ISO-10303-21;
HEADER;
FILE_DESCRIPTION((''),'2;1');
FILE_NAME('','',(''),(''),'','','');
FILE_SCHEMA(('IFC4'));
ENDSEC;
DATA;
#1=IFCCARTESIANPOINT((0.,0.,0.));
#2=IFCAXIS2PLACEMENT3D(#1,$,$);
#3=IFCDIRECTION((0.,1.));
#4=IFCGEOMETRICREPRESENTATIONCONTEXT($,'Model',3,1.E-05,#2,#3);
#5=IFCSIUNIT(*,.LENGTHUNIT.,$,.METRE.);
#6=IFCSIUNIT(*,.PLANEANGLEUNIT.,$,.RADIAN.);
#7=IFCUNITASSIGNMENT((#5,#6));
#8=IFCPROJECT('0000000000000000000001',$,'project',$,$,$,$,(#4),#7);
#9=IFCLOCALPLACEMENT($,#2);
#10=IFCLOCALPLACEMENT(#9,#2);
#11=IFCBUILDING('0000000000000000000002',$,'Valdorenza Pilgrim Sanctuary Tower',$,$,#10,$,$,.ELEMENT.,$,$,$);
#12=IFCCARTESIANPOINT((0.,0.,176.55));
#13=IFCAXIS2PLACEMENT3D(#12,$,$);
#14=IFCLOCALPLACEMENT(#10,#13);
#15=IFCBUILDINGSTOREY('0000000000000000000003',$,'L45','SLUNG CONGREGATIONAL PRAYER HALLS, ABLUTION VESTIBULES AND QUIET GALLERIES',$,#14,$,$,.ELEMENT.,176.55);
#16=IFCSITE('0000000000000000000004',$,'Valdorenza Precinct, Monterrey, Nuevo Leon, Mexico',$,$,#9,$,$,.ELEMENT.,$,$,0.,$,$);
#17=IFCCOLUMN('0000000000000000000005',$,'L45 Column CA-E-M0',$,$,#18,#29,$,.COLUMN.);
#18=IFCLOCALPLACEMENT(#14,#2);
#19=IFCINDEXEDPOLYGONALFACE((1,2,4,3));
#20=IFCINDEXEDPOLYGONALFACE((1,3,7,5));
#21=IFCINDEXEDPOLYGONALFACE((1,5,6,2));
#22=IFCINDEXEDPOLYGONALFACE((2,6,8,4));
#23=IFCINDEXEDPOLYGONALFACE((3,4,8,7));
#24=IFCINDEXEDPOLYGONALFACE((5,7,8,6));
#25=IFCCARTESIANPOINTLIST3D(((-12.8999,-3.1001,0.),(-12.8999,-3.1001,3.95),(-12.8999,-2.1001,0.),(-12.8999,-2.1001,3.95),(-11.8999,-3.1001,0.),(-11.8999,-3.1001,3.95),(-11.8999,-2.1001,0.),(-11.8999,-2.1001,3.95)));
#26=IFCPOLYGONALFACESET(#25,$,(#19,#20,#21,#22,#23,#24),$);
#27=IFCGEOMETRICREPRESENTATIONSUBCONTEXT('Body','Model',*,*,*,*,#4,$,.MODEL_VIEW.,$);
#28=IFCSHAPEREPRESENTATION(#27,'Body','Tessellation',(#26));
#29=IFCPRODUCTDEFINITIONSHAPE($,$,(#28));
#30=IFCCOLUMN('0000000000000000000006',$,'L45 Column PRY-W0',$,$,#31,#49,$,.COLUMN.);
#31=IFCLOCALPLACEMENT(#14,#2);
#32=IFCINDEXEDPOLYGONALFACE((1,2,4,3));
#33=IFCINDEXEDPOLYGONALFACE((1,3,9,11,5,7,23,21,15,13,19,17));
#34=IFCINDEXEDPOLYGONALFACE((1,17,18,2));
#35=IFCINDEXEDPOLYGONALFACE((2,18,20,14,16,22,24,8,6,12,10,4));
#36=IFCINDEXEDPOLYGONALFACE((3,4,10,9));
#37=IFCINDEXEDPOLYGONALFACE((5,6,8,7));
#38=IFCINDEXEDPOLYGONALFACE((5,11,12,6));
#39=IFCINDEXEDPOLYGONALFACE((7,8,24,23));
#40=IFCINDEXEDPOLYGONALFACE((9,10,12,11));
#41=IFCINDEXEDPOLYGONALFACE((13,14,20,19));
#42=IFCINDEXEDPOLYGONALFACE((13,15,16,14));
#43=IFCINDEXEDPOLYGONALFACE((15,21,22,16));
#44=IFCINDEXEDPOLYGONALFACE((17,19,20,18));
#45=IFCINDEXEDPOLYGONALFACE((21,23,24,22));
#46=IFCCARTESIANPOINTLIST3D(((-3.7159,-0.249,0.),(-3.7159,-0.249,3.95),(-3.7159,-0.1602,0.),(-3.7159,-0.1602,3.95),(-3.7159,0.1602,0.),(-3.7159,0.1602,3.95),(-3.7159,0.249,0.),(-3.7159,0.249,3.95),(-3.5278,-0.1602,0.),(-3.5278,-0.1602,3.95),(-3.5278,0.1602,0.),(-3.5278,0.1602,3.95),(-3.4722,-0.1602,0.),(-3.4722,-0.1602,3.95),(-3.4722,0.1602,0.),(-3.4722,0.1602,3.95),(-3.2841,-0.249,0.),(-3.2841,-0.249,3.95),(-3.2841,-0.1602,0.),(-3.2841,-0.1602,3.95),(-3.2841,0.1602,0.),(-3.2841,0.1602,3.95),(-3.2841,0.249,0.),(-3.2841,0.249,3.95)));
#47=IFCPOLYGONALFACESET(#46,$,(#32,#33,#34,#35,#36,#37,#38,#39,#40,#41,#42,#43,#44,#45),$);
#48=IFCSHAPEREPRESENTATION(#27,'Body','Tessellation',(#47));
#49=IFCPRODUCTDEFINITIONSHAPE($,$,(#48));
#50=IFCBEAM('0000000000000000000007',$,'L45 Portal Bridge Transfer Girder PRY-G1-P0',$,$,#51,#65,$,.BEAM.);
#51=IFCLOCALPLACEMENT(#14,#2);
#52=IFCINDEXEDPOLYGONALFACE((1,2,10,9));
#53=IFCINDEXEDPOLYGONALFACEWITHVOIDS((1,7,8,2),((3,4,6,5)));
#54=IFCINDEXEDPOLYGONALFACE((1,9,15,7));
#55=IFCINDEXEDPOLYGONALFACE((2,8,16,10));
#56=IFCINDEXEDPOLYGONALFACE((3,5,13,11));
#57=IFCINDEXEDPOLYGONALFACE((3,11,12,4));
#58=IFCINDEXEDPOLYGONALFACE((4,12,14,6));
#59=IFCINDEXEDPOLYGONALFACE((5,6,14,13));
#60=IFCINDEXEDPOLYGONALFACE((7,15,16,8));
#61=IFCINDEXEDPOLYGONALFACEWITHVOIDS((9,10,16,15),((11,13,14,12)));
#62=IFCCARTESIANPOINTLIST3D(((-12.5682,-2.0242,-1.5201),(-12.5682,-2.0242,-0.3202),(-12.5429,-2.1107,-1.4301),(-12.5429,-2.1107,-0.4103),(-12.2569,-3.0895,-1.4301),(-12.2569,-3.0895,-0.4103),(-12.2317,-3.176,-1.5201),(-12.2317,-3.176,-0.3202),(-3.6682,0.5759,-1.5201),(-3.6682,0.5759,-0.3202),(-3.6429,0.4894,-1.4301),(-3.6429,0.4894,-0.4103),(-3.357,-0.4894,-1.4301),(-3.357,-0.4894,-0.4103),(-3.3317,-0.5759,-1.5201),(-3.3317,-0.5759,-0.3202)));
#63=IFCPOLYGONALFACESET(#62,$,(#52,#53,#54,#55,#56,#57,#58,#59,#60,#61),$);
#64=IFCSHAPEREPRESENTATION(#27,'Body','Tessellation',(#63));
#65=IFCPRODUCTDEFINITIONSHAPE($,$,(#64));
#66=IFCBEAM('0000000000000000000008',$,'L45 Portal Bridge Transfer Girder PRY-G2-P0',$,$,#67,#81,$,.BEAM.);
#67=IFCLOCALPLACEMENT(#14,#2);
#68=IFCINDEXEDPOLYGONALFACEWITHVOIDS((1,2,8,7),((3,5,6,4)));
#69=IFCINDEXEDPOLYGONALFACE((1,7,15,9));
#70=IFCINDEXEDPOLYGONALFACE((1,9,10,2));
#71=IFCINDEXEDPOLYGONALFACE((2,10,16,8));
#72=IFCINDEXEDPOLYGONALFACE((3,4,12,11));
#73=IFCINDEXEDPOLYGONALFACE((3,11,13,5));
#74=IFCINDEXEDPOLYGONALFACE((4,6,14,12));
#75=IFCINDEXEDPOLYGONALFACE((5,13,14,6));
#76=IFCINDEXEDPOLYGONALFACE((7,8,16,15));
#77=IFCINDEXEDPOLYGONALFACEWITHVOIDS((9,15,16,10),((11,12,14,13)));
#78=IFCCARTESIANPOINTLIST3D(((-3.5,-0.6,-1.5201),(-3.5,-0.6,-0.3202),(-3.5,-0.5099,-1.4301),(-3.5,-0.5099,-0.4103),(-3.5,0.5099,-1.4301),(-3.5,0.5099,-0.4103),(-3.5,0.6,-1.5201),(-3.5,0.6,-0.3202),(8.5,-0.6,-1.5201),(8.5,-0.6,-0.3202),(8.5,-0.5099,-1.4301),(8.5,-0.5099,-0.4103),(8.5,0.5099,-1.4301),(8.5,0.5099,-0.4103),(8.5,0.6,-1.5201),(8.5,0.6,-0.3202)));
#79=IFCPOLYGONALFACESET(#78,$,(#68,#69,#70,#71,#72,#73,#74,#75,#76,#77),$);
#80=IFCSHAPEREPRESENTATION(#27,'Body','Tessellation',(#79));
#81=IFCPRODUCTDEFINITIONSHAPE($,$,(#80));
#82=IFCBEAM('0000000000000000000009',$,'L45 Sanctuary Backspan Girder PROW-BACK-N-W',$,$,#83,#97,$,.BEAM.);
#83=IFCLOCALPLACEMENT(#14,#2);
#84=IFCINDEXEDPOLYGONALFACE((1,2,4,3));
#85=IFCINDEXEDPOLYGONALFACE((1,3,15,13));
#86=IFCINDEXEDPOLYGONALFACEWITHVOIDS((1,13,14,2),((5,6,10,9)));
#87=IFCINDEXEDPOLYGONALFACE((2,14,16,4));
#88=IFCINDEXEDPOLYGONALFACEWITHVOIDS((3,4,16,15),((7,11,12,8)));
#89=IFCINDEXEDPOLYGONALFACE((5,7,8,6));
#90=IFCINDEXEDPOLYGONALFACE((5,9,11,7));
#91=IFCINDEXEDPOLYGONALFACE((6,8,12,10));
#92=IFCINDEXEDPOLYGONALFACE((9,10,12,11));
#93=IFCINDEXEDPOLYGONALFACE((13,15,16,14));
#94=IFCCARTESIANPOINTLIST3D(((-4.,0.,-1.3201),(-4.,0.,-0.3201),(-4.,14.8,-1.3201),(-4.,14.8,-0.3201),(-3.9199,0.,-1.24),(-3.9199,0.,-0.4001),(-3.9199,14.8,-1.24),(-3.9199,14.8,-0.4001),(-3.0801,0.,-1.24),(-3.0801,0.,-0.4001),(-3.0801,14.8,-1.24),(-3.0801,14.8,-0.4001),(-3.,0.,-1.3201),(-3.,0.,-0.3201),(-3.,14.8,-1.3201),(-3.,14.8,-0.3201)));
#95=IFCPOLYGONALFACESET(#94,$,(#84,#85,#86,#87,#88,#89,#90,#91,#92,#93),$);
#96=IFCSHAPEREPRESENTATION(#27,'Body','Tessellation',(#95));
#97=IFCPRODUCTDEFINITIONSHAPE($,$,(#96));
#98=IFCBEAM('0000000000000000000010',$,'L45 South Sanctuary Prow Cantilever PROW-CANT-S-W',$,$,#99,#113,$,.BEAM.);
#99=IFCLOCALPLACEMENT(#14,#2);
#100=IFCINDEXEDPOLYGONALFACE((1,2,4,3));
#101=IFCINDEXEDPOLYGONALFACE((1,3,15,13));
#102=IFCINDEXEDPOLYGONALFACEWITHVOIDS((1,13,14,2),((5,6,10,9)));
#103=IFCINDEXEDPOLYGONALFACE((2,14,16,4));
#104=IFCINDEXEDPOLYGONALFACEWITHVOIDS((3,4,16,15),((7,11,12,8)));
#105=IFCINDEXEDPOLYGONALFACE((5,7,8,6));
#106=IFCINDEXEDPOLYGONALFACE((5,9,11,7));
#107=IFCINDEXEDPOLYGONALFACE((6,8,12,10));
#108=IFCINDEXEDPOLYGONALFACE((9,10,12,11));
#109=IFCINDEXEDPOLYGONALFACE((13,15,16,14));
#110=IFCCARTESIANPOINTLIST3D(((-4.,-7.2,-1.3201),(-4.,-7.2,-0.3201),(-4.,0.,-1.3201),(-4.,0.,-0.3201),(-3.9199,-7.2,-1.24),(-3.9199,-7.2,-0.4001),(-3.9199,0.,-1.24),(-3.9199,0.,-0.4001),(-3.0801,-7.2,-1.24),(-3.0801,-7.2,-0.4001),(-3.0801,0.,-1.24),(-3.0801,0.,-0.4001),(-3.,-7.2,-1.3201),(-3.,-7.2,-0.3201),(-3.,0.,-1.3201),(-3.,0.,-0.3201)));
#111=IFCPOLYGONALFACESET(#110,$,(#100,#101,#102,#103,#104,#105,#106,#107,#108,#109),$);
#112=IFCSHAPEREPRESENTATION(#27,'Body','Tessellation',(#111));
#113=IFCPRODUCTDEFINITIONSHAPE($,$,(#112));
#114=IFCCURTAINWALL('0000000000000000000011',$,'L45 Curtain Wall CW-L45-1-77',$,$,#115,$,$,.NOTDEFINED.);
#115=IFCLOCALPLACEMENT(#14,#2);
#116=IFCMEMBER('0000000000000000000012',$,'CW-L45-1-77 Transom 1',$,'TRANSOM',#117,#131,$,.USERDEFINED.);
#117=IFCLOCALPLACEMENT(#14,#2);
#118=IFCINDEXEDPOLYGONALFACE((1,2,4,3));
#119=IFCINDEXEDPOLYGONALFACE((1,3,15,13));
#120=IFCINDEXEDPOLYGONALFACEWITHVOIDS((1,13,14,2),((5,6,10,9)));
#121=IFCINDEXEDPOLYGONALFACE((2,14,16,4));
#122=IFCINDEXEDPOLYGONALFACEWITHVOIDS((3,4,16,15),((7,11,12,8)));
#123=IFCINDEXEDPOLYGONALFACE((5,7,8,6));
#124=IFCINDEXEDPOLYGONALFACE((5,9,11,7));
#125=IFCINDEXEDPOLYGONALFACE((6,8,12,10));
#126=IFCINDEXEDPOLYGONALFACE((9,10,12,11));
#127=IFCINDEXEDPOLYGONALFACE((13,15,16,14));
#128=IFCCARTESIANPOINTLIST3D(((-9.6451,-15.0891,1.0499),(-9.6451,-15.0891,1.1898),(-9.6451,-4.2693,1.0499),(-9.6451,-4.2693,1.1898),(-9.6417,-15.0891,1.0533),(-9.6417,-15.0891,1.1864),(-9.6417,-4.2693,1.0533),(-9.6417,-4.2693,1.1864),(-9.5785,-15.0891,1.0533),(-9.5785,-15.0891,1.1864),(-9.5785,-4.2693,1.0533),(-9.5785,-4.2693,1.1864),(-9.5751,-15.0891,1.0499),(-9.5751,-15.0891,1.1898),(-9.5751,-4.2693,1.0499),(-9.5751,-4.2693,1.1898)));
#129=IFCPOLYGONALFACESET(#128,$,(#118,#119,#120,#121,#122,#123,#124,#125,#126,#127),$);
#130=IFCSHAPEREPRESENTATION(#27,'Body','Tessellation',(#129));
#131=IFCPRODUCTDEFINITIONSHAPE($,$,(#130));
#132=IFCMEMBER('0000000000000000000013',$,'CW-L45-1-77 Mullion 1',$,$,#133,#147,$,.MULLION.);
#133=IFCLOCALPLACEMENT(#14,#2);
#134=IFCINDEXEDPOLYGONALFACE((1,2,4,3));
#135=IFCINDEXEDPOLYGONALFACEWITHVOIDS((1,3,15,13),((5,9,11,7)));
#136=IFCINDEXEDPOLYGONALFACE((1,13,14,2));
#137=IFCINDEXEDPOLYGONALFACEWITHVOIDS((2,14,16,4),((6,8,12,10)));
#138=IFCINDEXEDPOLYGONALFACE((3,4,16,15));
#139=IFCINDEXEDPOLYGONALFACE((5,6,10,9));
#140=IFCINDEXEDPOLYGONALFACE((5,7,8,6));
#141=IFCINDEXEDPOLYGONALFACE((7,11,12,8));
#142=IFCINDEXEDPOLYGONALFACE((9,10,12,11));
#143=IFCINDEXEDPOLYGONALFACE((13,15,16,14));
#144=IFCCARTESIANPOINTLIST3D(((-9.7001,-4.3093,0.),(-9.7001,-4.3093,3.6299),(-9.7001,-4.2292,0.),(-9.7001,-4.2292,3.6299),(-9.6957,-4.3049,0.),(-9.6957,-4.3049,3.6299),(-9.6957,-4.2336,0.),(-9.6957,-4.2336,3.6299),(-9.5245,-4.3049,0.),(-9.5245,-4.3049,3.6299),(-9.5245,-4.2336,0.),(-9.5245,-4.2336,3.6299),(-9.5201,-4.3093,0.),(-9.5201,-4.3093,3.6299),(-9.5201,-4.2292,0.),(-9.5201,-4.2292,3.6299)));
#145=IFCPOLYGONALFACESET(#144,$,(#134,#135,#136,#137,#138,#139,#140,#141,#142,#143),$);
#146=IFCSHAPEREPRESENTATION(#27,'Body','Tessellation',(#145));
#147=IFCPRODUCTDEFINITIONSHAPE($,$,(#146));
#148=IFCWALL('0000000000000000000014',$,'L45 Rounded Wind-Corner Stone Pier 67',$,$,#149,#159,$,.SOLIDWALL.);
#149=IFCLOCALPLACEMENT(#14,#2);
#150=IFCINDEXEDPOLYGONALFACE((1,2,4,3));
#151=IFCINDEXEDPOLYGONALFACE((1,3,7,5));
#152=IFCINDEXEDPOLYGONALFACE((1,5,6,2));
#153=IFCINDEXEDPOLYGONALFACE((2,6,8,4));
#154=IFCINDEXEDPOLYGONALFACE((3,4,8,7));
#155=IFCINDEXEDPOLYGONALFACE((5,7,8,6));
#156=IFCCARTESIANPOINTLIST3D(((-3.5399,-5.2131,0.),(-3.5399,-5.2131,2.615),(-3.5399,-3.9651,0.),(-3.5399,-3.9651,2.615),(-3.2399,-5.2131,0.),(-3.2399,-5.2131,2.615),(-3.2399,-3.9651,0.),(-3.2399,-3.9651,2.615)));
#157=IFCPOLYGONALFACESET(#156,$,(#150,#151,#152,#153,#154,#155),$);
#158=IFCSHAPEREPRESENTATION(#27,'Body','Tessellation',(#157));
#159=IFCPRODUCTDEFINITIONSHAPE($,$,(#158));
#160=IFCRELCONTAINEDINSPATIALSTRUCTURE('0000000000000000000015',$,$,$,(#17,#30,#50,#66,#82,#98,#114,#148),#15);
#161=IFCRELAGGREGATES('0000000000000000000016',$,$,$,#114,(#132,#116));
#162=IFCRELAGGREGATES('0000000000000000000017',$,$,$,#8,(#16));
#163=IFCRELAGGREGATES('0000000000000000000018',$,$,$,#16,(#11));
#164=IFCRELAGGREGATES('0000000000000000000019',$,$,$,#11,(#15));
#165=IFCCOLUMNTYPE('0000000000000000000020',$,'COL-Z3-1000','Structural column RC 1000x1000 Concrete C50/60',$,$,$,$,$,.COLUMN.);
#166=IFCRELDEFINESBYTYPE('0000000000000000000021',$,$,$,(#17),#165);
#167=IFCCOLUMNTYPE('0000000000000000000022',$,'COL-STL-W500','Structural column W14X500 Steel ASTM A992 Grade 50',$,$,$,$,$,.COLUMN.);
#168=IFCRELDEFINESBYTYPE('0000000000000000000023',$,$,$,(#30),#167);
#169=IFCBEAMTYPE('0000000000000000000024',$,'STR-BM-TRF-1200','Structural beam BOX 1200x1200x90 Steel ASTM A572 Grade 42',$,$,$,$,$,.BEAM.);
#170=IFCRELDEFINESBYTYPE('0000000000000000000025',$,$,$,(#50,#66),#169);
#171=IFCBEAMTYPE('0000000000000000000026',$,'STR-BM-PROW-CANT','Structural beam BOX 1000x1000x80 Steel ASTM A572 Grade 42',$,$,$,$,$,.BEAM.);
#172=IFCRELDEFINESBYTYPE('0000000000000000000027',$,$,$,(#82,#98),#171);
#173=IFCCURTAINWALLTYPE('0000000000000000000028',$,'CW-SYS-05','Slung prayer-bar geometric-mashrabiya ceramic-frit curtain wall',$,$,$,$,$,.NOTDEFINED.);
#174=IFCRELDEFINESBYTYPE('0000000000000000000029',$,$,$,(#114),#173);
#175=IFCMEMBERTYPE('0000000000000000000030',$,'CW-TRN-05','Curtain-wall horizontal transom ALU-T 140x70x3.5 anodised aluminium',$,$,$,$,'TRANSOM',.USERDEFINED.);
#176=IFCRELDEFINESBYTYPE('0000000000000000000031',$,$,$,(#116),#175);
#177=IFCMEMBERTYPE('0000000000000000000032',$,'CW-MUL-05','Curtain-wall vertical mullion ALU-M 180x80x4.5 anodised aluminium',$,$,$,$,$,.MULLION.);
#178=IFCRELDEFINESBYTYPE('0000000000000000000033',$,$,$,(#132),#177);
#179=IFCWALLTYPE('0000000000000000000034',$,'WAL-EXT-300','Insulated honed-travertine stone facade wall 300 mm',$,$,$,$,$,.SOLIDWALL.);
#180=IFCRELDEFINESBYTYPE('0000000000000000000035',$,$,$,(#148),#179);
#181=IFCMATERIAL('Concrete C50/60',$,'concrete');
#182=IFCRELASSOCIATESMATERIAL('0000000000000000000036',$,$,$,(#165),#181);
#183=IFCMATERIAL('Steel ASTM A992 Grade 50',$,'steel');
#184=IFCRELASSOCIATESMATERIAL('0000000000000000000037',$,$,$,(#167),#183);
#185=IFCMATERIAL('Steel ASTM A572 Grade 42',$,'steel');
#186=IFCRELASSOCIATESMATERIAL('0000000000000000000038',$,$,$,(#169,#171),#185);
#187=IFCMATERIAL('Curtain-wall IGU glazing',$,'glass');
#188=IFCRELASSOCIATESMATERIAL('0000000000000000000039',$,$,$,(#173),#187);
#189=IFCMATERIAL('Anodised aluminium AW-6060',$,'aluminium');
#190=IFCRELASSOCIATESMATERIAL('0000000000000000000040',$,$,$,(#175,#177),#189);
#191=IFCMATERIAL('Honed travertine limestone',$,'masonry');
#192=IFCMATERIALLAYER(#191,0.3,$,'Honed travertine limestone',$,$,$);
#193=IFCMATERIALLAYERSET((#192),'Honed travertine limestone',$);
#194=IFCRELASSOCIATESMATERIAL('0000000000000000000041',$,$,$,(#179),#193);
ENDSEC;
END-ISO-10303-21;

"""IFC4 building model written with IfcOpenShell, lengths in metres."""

from ifc_helpers import new_model, si_unit, direction, frame, frame_2d, origin, origin_2d, place, context, subcontext, project, spatial, rectangle, hollow_rectangle, i_section, extrude, source, transform, mapped, material, layer, layer_set, material_profile, profile_set, type_object, element, aggregate, save


model = new_model("IFC4")

# Units and contexts
model_context = context("Model", 3, precision=1e-05, world=origin(), true_north=direction((0.0, 1.0)))
body_context = subcontext(model_context, "Body", "Model", "MODEL_VIEW")
ifc_project = project(units=[si_unit("LENGTHUNIT", "METRE"), si_unit("PLANEANGLEUNIT", "RADIAN")], contexts=[model_context])

# Site, building, storey
site_placement = place(None, origin())
site = spatial("IfcSite", under=ifc_project, at=site_placement, Name="Valdorenza Precinct, Monterrey, Nuevo Leon, Mexico", CompositionType="ELEMENT", RefElevation=0.0)
building_placement = place(site_placement, origin())
building = spatial("IfcBuilding", under=site, at=building_placement, Name="Valdorenza Pilgrim Sanctuary Tower", CompositionType="ELEMENT")
storey_placement = place(building_placement, frame((0.0, 0.0, 176.55)))
storey = spatial("IfcBuildingStorey", under=building, at=storey_placement, Name="L45", Description="SLUNG CONGREGATIONAL PRAYER HALLS, ABLUTION VESTIBULES AND QUIET GALLERIES", CompositionType="ELEMENT", Elevation=176.55)

# Columns
ifc_material_1 = material(Name="Concrete C50/60", Category="concrete")
ifc_material_profile_1 = material_profile(ifc_material_1, rectangle(XDim=1.0, YDim=1.0, at=origin_2d()), Name="RC 1000x1000")
ifc_profile_set_1 = profile_set([ifc_material_profile_1], Name="Concrete C50/60")
column_type_1 = type_object("IfcColumnType", Name="COL-Z3-1000", Description="Structural column RC 1000x1000 Concrete C50/60", PredefinedType="COLUMN", material=ifc_profile_set_1)
shared_shape_1 = source(origin(), body_context, "Body", "SweptSolid", [
    extrude(rectangle(XDim=1.0, YDim=1.0, at=origin_2d()), origin(), (0.0, 0.0, 1.0), 3.95),
])
column_1_placement = place(storey_placement, frame((-12.3999, -2.6001, 0.0), z_axis=(0.0, 0.0, 1.0), x_axis=(1.0, 0.0, 0.0)))
element("IfcColumn", 1, at=column_1_placement, inside=storey, type_object=column_type_1, Name="L45 Column CA-E-M0", PredefinedType="COLUMN", context=body_context, shape_type="MappedRepresentation", body=[
    mapped(shared_shape_1, transform((0.0, 0.0, 0.0), x_axis=(1.0, 0.0, 0.0), y_axis=(0.0, 1.0, 0.0), z_axis=(0.0, 0.0, 1.0), scale=1.0)),
])
ifc_material_2 = material(Name="Steel ASTM A992 Grade 50", Category="steel")
ifc_material_profile_2 = material_profile(ifc_material_2, i_section(OverallWidth=0.4319, OverallDepth=0.498, WebThickness=0.0557, FlangeThickness=0.0889, at=origin_2d()), Name="W14X500")
ifc_profile_set_2 = profile_set([ifc_material_profile_2], Name="Steel ASTM A992 Grade 50")
column_type_2 = type_object("IfcColumnType", Name="COL-STL-W500", Description="Structural column W14X500 Steel ASTM A992 Grade 50", PredefinedType="COLUMN", material=ifc_profile_set_2)
shared_shape_2 = source(origin(), body_context, "Body", "SweptSolid", [
    extrude(i_section(OverallWidth=0.4319, OverallDepth=0.498, WebThickness=0.0557, FlangeThickness=0.0889, at=origin_2d()), origin(), (0.0, 0.0, 1.0), 3.95),
])
column_2_placement = place(storey_placement, frame((-3.5, 0.0, 0.0), z_axis=(0.0, 0.0, 1.0), x_axis=(1.0, 0.0, 0.0)))
element("IfcColumn", 2, at=column_2_placement, inside=storey, type_object=column_type_2, Name="L45 Column PRY-W0", PredefinedType="COLUMN", context=body_context, shape_type="MappedRepresentation", body=[
    mapped(shared_shape_2, transform((0.0, 0.0, 0.0), x_axis=(1.0, 0.0, 0.0), y_axis=(0.0, 1.0, 0.0), z_axis=(0.0, 0.0, 1.0), scale=1.0)),
])

# Beams
ifc_material_3 = material(Name="Steel ASTM A572 Grade 42", Category="steel")
ifc_material_profile_3 = material_profile(ifc_material_3, hollow_rectangle(XDim=1.2, YDim=1.2, WallThickness=0.0901, at=origin_2d()), Name="BOX 1200x1200x90")
ifc_profile_set_3 = profile_set([ifc_material_profile_3], Name="Steel ASTM A572 Grade 42")
beam_type_1 = type_object("IfcBeamType", Name="STR-BM-TRF-1200", Description="Structural beam BOX 1200x1200x90 Steel ASTM A572 Grade 42", PredefinedType="BEAM", material=ifc_profile_set_3)
shared_shape_3 = source(origin(), body_context, "Body", "SweptSolid", [
    extrude(hollow_rectangle(XDim=1.2, YDim=1.2, WallThickness=0.0901, at=origin_2d()), origin(), (0.0, 0.0, 1.0), 9.272),
])
beam_1_placement = place(storey_placement, frame((-12.3999, -2.6001, -0.9202), z_axis=(0.959875, 0.280427, 0.0), x_axis=(-0.280427, 0.959875, 0.0)))
element("IfcBeam", 3, at=beam_1_placement, inside=storey, type_object=beam_type_1, Name="L45 Portal Bridge Transfer Girder PRY-G1-P0", PredefinedType="BEAM", context=body_context, shape_type="MappedRepresentation", body=[
    mapped(shared_shape_3, transform((0.0, 0.0, 0.0), x_axis=(1.0, 0.0, 0.0), y_axis=(0.0, 1.0, 0.0), z_axis=(0.0, 0.0, 1.0), scale=1.0)),
])
shared_shape_4 = source(origin(), body_context, "Body", "SweptSolid", [
    extrude(hollow_rectangle(XDim=1.2, YDim=1.2, WallThickness=0.0901, at=origin_2d()), origin(), (0.0, 0.0, 1.0), 12.0),
])
beam_2_placement = place(storey_placement, frame((-3.5, 0.0, -0.9202), z_axis=(1.0, 0.0, 0.0), x_axis=(0.0, 1.0, 0.0)))
element("IfcBeam", 4, at=beam_2_placement, inside=storey, type_object=beam_type_1, Name="L45 Portal Bridge Transfer Girder PRY-G2-P0", PredefinedType="BEAM", context=body_context, shape_type="MappedRepresentation", body=[
    mapped(shared_shape_4, transform((0.0, 0.0, 0.0), x_axis=(1.0, 0.0, 0.0), y_axis=(0.0, 1.0, 0.0), z_axis=(0.0, 0.0, 1.0), scale=1.0)),
])
ifc_material_profile_4 = material_profile(ifc_material_3, hollow_rectangle(XDim=1.0, YDim=1.0, WallThickness=0.0801, at=origin_2d()), Name="BOX 1000x1000x80")
ifc_profile_set_4 = profile_set([ifc_material_profile_4], Name="Steel ASTM A572 Grade 42")
beam_type_2 = type_object("IfcBeamType", Name="STR-BM-PROW-CANT", Description="Structural beam BOX 1000x1000x80 Steel ASTM A572 Grade 42", PredefinedType="BEAM", material=ifc_profile_set_4)
shared_shape_5 = source(origin(), body_context, "Body", "SweptSolid", [
    extrude(hollow_rectangle(XDim=1.0, YDim=1.0, WallThickness=0.0801, at=origin_2d()), origin(), (0.0, 0.0, 1.0), 14.8),
])
beam_3_placement = place(storey_placement, frame((-3.5, 0.0, -0.8201), z_axis=(0.0, 1.0, 0.0), x_axis=(-1.0, 0.0, 0.0)))
element("IfcBeam", 5, at=beam_3_placement, inside=storey, type_object=beam_type_2, Name="L45 Sanctuary Backspan Girder PROW-BACK-N-W", PredefinedType="BEAM", context=body_context, shape_type="MappedRepresentation", body=[
    mapped(shared_shape_5, transform((0.0, 0.0, 0.0), x_axis=(1.0, 0.0, 0.0), y_axis=(0.0, 1.0, 0.0), z_axis=(0.0, 0.0, 1.0), scale=1.0)),
])
shared_shape_6 = source(origin(), body_context, "Body", "SweptSolid", [
    extrude(hollow_rectangle(XDim=1.0, YDim=1.0, WallThickness=0.0801, at=origin_2d()), origin(), (0.0, 0.0, 1.0), 7.2),
])
beam_4_placement = place(storey_placement, frame((-3.5, 0.0, -0.8201), z_axis=(0.0, -1.0, 0.0), x_axis=(1.0, 0.0, 0.0)))
element("IfcBeam", 6, at=beam_4_placement, inside=storey, type_object=beam_type_2, Name="L45 South Sanctuary Prow Cantilever PROW-CANT-S-W", PredefinedType="BEAM", context=body_context, shape_type="MappedRepresentation", body=[
    mapped(shared_shape_6, transform((0.0, 0.0, 0.0), x_axis=(1.0, 0.0, 0.0), y_axis=(0.0, 1.0, 0.0), z_axis=(0.0, 0.0, 1.0), scale=1.0)),
])

# Curtain wall, members
ifc_material_4 = material(Name="Curtain-wall IGU glazing", Category="glass")
curtain_wall_type = type_object("IfcCurtainWallType", Name="CW-SYS-05", Description="Slung prayer-bar geometric-mashrabiya ceramic-frit curtain wall", PredefinedType="NOTDEFINED", material=ifc_material_4)
curtain_wall_placement = place(storey_placement, origin())
curtain_wall = element("IfcCurtainWall", 7, at=curtain_wall_placement, inside=storey, type_object=curtain_wall_type, Name="L45 Curtain Wall CW-L45-1-77", PredefinedType="NOTDEFINED")
ifc_material_5 = material(Name="Anodised aluminium AW-6060", Category="aluminium")
ifc_material_profile_5 = material_profile(ifc_material_5, hollow_rectangle(XDim=0.0701, YDim=0.1399, WallThickness=0.0034, at=origin_2d()), Name="ALU-T 140x70x3.5")
ifc_profile_set_5 = profile_set([ifc_material_profile_5], Name="Anodised aluminium AW-6060")
member_type_1 = type_object("IfcMemberType", Name="CW-TRN-05", Description="Curtain-wall horizontal transom ALU-T 140x70x3.5 anodised aluminium", ElementType="TRANSOM", PredefinedType="USERDEFINED", material=ifc_profile_set_5)
shared_shape_7 = source(origin(), body_context, "Body", "SweptSolid", [
    extrude(hollow_rectangle(XDim=0.0701, YDim=0.1399, WallThickness=0.0034, at=origin_2d()), origin(), (0.0, 0.0, 1.0), 10.8198),
])
member_1_placement = place(storey_placement, frame((-9.6101, -4.2693, 1.1199), z_axis=(0.0, -1.0, 0.0), x_axis=(1.0, 0.0, 0.0)))
member_1 = element("IfcMember", 8, at=member_1_placement, type_object=member_type_1, Name="CW-L45-1-77 Transom 1", ObjectType="TRANSOM", PredefinedType="USERDEFINED", context=body_context, shape_type="MappedRepresentation", body=[
    mapped(shared_shape_7, transform((0.0, 0.0, 0.0), x_axis=(1.0, 0.0, 0.0), y_axis=(0.0, 1.0, 0.0), z_axis=(0.0, 0.0, 1.0), scale=1.0)),
])
ifc_material_profile_6 = material_profile(ifc_material_5, hollow_rectangle(XDim=0.0801, YDim=0.1799, WallThickness=0.0044, at=origin_2d()), Name="ALU-M 180x80x4.5")
ifc_profile_set_6 = profile_set([ifc_material_profile_6], Name="Anodised aluminium AW-6060")
member_type_2 = type_object("IfcMemberType", Name="CW-MUL-05", Description="Curtain-wall vertical mullion ALU-M 180x80x4.5 anodised aluminium", PredefinedType="MULLION", material=ifc_profile_set_6)
shared_shape_8 = source(origin(), body_context, "Body", "SweptSolid", [
    extrude(hollow_rectangle(XDim=0.0801, YDim=0.1799, WallThickness=0.0044, at=origin_2d()), origin(), (0.0, 0.0, 1.0), 3.6299),
])
member_2_placement = place(storey_placement, frame((-9.6101, -4.2693, 0.0), z_axis=(0.0, 0.0, 1.0), x_axis=(0.0, -1.0, 0.0)))
member_2 = element("IfcMember", 9, at=member_2_placement, type_object=member_type_2, Name="CW-L45-1-77 Mullion 1", PredefinedType="MULLION", context=body_context, shape_type="MappedRepresentation", body=[
    mapped(shared_shape_8, transform((0.0, 0.0, 0.0), x_axis=(1.0, 0.0, 0.0), y_axis=(0.0, 1.0, 0.0), z_axis=(0.0, 0.0, 1.0), scale=1.0)),
])
aggregate(curtain_wall, [member_2, member_1])

# Wall
ifc_material_6 = material(Name="Honed travertine limestone", Category="masonry")
ifc_layer = layer(ifc_material_6, 0.3, Name="Honed travertine limestone")
ifc_layer_set = layer_set([ifc_layer], Name="Honed travertine limestone")
wall_type = type_object("IfcWallType", Name="WAL-EXT-300", Description="Insulated honed-travertine stone facade wall 300 mm", PredefinedType="SOLIDWALL", material=ifc_layer_set)
wall_1_placement = place(storey_placement, frame((-3.3899, -5.2131, 0.0), z_axis=(0.0, 0.0, 1.0), x_axis=(0.0, 1.0, 0.0)))
element("IfcWall", 10, at=wall_1_placement, inside=storey, type_object=wall_type, Name="L45 Rounded Wind-Corner Stone Pier 67", PredefinedType="SOLIDWALL", context=body_context, shape_type="SweptSolid", body=[
    extrude(rectangle(XDim=1.248, YDim=0.3, at=frame_2d((0.624, 0.0))), origin(), (0.0, 0.0, 1.0), 2.615),
])

save(model, "model.ifc")
